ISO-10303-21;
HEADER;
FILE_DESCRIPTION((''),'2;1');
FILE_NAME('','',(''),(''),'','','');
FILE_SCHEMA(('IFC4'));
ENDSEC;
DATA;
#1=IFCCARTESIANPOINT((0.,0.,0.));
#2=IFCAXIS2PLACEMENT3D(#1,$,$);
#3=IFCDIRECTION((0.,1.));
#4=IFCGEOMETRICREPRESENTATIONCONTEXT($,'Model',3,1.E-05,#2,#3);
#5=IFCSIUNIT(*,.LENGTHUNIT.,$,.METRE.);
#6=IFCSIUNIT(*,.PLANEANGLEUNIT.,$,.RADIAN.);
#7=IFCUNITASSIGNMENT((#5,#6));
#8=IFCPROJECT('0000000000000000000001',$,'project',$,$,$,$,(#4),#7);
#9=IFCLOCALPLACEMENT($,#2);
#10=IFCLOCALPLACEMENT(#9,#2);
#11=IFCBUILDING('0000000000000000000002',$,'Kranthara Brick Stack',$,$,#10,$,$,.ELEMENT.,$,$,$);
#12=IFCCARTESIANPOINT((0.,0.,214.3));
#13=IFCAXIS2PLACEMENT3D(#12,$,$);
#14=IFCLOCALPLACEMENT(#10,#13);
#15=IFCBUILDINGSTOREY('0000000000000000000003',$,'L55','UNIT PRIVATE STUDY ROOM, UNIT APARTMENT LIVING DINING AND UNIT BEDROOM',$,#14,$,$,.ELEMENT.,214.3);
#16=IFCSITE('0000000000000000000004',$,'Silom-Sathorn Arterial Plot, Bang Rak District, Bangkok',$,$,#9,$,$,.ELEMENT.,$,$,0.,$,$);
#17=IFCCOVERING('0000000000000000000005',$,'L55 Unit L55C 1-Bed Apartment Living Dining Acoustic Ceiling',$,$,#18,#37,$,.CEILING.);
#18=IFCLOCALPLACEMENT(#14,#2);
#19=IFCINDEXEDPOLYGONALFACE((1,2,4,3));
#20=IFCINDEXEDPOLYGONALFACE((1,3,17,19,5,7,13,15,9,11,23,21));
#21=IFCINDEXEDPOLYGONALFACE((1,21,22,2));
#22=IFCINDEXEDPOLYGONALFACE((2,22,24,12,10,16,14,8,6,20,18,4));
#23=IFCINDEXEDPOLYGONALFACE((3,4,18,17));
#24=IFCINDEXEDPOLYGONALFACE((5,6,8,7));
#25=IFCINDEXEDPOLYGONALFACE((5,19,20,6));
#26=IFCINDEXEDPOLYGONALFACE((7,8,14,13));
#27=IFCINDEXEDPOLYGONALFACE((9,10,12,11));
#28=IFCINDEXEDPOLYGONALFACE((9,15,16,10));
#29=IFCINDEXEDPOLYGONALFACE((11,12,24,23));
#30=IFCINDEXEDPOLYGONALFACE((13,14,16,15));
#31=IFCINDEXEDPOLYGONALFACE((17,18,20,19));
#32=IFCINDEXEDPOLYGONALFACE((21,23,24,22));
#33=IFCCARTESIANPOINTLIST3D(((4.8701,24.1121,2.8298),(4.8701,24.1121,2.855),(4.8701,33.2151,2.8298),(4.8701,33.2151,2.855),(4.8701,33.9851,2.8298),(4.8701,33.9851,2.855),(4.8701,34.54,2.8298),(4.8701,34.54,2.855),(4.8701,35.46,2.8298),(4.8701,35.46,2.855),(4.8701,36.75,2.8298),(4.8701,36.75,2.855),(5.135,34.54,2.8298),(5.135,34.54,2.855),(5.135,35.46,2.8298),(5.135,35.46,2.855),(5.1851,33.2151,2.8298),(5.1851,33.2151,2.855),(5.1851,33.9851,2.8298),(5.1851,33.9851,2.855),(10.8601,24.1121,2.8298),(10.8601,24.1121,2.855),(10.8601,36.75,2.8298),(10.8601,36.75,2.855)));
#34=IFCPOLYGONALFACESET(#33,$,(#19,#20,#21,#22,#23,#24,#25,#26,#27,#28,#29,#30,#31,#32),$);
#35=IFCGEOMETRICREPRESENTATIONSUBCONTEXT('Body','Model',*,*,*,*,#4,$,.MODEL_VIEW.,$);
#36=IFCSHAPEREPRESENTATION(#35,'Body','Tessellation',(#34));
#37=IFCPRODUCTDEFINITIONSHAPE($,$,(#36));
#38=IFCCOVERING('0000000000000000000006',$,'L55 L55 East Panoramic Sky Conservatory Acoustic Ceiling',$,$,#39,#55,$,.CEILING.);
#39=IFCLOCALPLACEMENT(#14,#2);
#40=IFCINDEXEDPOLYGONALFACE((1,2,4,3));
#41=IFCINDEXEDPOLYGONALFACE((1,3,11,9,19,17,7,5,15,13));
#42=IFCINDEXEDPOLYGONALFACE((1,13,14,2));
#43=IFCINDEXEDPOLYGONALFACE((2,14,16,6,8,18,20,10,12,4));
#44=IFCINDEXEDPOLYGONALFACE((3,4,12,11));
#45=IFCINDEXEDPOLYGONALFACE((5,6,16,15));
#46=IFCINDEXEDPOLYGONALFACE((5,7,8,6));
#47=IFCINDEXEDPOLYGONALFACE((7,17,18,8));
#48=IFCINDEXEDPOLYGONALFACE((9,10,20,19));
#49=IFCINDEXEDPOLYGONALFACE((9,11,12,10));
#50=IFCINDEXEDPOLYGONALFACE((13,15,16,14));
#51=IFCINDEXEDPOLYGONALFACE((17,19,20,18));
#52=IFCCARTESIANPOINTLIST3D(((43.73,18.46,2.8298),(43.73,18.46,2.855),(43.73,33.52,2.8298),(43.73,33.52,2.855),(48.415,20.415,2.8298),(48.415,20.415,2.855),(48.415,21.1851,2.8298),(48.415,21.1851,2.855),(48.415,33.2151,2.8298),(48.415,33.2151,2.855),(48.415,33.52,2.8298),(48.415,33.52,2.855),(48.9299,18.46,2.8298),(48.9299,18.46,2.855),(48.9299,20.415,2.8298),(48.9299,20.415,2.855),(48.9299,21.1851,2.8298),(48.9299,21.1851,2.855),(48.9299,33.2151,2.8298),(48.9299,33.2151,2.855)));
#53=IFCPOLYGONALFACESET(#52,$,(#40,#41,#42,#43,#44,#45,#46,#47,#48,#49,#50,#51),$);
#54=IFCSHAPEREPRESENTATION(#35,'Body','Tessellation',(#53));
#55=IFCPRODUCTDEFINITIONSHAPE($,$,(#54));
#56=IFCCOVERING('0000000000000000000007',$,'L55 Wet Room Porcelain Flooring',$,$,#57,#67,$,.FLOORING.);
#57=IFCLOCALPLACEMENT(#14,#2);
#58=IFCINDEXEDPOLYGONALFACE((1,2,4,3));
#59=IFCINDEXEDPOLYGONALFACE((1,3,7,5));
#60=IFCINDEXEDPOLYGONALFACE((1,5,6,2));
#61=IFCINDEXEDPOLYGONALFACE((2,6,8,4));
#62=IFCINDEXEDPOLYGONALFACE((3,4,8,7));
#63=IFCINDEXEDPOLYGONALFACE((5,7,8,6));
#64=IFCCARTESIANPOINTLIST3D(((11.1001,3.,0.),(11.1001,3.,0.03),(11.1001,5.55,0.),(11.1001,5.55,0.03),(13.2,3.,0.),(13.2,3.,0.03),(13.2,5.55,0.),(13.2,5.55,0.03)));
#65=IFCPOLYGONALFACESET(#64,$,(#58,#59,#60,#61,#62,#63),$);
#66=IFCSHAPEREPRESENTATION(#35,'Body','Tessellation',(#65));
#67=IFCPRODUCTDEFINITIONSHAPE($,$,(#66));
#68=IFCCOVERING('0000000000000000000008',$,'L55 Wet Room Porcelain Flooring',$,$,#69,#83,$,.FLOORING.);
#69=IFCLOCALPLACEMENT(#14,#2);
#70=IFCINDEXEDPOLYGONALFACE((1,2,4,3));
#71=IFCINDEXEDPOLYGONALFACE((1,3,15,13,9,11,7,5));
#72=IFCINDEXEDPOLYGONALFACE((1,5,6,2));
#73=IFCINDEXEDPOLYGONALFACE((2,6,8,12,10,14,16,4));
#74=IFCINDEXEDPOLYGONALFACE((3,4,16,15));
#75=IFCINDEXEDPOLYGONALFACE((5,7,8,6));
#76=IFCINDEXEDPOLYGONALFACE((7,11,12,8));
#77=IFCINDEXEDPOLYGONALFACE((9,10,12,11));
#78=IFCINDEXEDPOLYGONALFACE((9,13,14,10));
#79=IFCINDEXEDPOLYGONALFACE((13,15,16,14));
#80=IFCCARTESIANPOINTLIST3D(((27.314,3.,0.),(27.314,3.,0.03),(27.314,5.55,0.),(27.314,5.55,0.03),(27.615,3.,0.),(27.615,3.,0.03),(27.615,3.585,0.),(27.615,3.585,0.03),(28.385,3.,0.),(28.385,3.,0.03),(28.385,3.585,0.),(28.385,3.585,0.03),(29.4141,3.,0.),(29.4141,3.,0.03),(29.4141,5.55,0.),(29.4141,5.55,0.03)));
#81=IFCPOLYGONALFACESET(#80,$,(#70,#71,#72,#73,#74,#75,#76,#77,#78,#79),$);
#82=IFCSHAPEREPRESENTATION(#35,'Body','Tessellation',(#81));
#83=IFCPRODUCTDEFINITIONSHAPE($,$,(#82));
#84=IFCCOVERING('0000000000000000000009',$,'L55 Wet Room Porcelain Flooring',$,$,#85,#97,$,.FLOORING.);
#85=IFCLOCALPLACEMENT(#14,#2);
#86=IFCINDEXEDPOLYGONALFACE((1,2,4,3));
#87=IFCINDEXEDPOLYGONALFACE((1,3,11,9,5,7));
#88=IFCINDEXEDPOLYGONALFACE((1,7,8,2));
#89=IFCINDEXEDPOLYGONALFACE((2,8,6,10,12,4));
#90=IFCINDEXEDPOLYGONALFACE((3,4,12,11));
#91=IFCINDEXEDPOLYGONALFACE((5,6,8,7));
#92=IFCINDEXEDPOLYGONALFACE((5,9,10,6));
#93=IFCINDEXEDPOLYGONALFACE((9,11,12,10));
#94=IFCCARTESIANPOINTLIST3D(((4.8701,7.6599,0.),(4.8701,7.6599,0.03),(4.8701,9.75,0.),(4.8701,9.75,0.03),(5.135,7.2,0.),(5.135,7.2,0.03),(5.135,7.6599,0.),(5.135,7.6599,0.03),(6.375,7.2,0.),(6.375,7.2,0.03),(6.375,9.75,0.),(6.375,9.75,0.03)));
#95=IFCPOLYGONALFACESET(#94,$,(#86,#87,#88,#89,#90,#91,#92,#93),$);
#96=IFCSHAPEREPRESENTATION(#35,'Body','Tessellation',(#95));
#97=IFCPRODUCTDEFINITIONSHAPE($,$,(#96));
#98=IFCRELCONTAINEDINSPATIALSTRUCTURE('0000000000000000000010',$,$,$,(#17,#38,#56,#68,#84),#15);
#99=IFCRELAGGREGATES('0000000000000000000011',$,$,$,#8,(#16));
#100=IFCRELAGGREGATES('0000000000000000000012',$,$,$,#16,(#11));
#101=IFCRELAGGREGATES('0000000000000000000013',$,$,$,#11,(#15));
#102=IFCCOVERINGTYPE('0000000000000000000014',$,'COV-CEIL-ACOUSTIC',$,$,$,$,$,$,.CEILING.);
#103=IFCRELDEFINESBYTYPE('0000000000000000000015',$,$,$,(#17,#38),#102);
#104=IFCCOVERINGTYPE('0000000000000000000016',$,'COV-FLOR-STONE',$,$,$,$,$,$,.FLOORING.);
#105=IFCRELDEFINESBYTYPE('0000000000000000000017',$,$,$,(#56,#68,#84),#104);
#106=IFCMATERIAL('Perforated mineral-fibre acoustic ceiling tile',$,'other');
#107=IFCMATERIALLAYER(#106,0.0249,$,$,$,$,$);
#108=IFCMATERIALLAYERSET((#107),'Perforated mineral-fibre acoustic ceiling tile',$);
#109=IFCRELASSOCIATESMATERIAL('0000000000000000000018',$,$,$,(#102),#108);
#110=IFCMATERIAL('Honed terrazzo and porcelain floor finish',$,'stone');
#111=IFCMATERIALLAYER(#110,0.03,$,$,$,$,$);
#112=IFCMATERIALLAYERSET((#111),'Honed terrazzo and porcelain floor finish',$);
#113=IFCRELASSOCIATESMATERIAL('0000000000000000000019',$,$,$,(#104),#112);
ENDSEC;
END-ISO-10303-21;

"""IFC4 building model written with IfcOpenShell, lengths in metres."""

from ifc_helpers import new_model, si_unit, direction, frame, origin, place, context, subcontext, project, spatial, polyline, outline, extrude, material, layer, layer_set, type_object, element, save


model = new_model("IFC4")

# Units and contexts
model_context = context("Model", 3, precision=1e-05, world=origin(), true_north=direction((0.0, 1.0)))
body_context = subcontext(model_context, "Body", "Model", "MODEL_VIEW")
ifc_project = project(units=[si_unit("LENGTHUNIT", "METRE"), si_unit("PLANEANGLEUNIT", "RADIAN")], contexts=[model_context])

# Site, building, storey
site_placement = place(None, origin())
site = spatial("IfcSite", under=ifc_project, at=site_placement, Name="Silom-Sathorn Arterial Plot, Bang Rak District, Bangkok", CompositionType="ELEMENT", RefElevation=0.0)
building_placement = place(site_placement, origin())
building = spatial("IfcBuilding", under=site, at=building_placement, Name="Kranthara Brick Stack", CompositionType="ELEMENT")
storey_placement = place(building_placement, frame((0.0, 0.0, 214.3)))
storey = spatial("IfcBuildingStorey", under=building, at=storey_placement, Name="L55", Description="UNIT PRIVATE STUDY ROOM, UNIT APARTMENT LIVING DINING AND UNIT BEDROOM", CompositionType="ELEMENT", Elevation=214.3)

# Coverings
ifc_material_1 = material(Name="Perforated mineral-fibre acoustic ceiling tile", Category="other")
ifc_layer_1 = layer(ifc_material_1, 0.0249)
ifc_layer_set_1 = layer_set([ifc_layer_1], Name="Perforated mineral-fibre acoustic ceiling tile")
covering_type_1 = type_object("IfcCoveringType", Name="COV-CEIL-ACOUSTIC", PredefinedType="CEILING", material=ifc_layer_set_1)
covering_1_placement = place(storey_placement, frame((0.0, 0.0, 2.8298)))
element("IfcCovering", 1, at=covering_1_placement, inside=storey, type_object=covering_type_1, Name="L55 Unit L55C 1-Bed Apartment Living Dining Acoustic Ceiling", PredefinedType="CEILING", context=body_context, shape_type="SweptSolid", body=[
    extrude(outline(polyline([(10.8601, 36.75), (10.8601, 24.1121), (4.8701, 24.1121), (4.8701, 33.2151), (5.1851, 33.2151), (5.1851, 33.9851), (4.8701, 33.9851), (4.8701, 34.54), (5.135, 34.54), (5.135, 35.46), (4.8701, 35.46), (4.8701, 36.75), (10.8601, 36.75)])), origin(), (0.0, 0.0, 1.0), 0.0251),
])
covering_2_placement = place(storey_placement, frame((0.0, 0.0, 2.8298)))
element("IfcCovering", 2, at=covering_2_placement, inside=storey, type_object=covering_type_1, Name="L55 L55 East Panoramic Sky Conservatory Acoustic Ceiling", PredefinedType="CEILING", context=body_context, shape_type="SweptSolid", body=[
    extrude(outline(polyline([(43.73, 18.46), (43.73, 33.52), (48.415, 33.52), (48.415, 33.2151), (48.9299, 33.2151), (48.9299, 21.1851), (48.415, 21.1851), (48.415, 20.415), (48.9299, 20.415), (48.9299, 18.46), (43.73, 18.46)])), origin(), (0.0, 0.0, 1.0), 0.0251),
])
ifc_material_2 = material(Name="Honed terrazzo and porcelain floor finish", Category="stone")
ifc_layer_2 = layer(ifc_material_2, 0.03)
ifc_layer_set_2 = layer_set([ifc_layer_2], Name="Honed terrazzo and porcelain floor finish")
covering_type_2 = type_object("IfcCoveringType", Name="COV-FLOR-STONE", PredefinedType="FLOORING", material=ifc_layer_set_2)
covering_3_placement = place(storey_placement, origin())
element("IfcCovering", 3, at=covering_3_placement, inside=storey, type_object=covering_type_2, Name="L55 Wet Room Porcelain Flooring", PredefinedType="FLOORING", context=body_context, shape_type="SweptSolid", body=[
    extrude(outline(polyline([(13.2, 3.0), (13.2, 5.55), (11.1001, 5.55), (11.1001, 3.0), (13.2, 3.0)])), origin(), (0.0, 0.0, 1.0), 0.03),
])
covering_4_placement = place(storey_placement, origin())
element("IfcCovering", 4, at=covering_4_placement, inside=storey, type_object=covering_type_2, Name="L55 Wet Room Porcelain Flooring", PredefinedType="FLOORING", context=body_context, shape_type="SweptSolid", body=[
    extrude(outline(polyline([(27.314, 3.0), (27.314, 5.55), (29.4141, 5.55), (29.4141, 3.0), (28.385, 3.0), (28.385, 3.585), (27.615, 3.585), (27.615, 3.0), (27.314, 3.0)])), origin(), (0.0, 0.0, 1.0), 0.03),
])
covering_5_placement = place(storey_placement, origin())
element("IfcCovering", 5, at=covering_5_placement, inside=storey, type_object=covering_type_2, Name="L55 Wet Room Porcelain Flooring", PredefinedType="FLOORING", context=body_context, shape_type="SweptSolid", body=[
    extrude(outline(polyline([(4.8701, 9.75), (6.375, 9.75), (6.375, 7.2), (5.135, 7.2), (5.135, 7.6599), (4.8701, 7.6599), (4.8701, 9.75)])), origin(), (0.0, 0.0, 1.0), 0.03),
])

save(model, "model.ifc")
